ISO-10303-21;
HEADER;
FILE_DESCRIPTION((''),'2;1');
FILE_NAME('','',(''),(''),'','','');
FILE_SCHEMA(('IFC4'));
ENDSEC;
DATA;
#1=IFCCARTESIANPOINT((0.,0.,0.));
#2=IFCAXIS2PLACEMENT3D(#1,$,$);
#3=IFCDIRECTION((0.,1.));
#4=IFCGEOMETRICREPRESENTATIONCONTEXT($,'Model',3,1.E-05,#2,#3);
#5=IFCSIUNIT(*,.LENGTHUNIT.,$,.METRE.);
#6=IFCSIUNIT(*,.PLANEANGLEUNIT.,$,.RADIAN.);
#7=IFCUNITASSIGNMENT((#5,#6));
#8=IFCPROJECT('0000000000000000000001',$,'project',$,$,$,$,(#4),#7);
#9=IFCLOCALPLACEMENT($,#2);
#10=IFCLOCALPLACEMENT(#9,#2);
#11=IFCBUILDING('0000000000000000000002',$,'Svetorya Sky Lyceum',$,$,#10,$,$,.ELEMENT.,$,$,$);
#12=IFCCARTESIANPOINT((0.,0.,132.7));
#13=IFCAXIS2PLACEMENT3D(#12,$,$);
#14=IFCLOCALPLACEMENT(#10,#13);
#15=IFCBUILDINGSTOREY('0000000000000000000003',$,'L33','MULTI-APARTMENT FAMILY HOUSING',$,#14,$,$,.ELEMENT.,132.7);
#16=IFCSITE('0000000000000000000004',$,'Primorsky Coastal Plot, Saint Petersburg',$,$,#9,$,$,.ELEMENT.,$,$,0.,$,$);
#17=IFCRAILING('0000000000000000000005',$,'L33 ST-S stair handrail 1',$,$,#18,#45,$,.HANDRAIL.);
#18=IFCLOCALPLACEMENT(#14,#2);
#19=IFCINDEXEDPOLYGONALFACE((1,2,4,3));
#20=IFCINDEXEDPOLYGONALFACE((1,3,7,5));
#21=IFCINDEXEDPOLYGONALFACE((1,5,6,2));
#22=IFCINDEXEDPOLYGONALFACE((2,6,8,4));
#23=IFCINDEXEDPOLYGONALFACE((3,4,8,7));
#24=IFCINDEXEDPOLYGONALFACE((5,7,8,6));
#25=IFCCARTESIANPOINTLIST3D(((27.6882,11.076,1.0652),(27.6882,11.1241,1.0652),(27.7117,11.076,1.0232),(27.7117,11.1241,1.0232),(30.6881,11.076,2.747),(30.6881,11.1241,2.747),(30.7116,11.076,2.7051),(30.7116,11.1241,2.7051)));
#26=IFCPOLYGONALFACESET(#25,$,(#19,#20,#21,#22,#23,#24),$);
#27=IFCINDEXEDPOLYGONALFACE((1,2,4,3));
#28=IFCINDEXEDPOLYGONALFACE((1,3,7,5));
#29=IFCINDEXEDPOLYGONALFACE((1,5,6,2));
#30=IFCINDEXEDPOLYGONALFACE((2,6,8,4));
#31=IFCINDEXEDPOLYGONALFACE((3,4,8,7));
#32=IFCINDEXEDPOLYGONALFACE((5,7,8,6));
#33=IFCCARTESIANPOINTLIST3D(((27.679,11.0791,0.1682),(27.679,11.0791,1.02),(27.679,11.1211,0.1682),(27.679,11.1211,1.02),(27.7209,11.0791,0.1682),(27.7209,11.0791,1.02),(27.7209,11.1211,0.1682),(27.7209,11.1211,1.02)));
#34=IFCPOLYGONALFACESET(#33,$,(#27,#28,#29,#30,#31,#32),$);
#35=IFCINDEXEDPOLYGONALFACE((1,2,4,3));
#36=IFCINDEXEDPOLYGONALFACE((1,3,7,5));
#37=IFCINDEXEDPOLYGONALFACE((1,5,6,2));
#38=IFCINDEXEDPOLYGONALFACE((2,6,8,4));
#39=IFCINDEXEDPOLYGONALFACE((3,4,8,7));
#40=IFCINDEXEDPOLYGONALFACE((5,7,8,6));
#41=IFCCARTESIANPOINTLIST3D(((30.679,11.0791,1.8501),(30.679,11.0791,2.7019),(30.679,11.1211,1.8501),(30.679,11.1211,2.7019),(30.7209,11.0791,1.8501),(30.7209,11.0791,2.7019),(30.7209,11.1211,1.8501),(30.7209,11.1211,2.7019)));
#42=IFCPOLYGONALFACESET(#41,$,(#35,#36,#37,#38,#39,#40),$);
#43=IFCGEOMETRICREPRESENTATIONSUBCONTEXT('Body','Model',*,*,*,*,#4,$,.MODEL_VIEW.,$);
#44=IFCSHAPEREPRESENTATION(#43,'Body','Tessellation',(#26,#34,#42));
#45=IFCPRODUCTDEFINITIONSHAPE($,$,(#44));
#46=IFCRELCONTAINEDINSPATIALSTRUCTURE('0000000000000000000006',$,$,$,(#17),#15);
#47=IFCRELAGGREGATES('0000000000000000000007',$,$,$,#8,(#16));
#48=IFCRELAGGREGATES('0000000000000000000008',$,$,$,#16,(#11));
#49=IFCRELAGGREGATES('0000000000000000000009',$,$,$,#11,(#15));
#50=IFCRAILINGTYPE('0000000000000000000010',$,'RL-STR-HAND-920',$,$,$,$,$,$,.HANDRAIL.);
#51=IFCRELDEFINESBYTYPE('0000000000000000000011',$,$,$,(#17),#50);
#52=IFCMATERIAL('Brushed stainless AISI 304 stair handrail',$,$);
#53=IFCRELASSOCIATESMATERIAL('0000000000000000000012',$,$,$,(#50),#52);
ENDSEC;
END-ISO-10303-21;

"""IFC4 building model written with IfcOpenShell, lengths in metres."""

from ifc_helpers import new_model, si_unit, direction, frame, origin, origin_2d, place, context, subcontext, project, spatial, rectangle, extrude, material, type_object, element, save


model = new_model("IFC4")

# Units and contexts
model_context = context("Model", 3, precision=1e-05, world=origin(), true_north=direction((0.0, 1.0)))
body_context = subcontext(model_context, "Body", "Model", "MODEL_VIEW")
ifc_project = project(units=[si_unit("LENGTHUNIT", "METRE"), si_unit("PLANEANGLEUNIT", "RADIAN")], contexts=[model_context])

# Site, building, storey
site_placement = place(None, origin())
site = spatial("IfcSite", under=ifc_project, at=site_placement, Name="Primorsky Coastal Plot, Saint Petersburg", CompositionType="ELEMENT", RefElevation=0.0)
building_placement = place(site_placement, origin())
building = spatial("IfcBuilding", under=site, at=building_placement, Name="Svetorya Sky Lyceum", CompositionType="ELEMENT")
storey_placement = place(building_placement, frame((0.0, 0.0, 132.7)))
storey = spatial("IfcBuildingStorey", under=building, at=storey_placement, Name="L33", Description="MULTI-APARTMENT FAMILY HOUSING", CompositionType="ELEMENT", Elevation=132.7)

# Railing
ifc_material_1 = material(Name="Brushed stainless AISI 304 stair handrail")
railing_type_1 = type_object("IfcRailingType", Name="RL-STR-HAND-920", PredefinedType="HANDRAIL", material=ifc_material_1)
railing_1_placement = place(storey_placement, frame((27.7, 11.1001, 0.1682)))
element("IfcRailing", 1, at=railing_1_placement, inside=storey, type_object=railing_type_1, Name="L33 ST-S stair handrail 1", PredefinedType="HANDRAIL", context=body_context, shape_type="SweptSolid", body=[
    extrude(rectangle(XDim=0.0481, YDim=0.0481, at=origin_2d()), frame((0.0, 0.0, 0.876), z_axis=(0.872272, 0.0, 0.48902), x_axis=(0.0, 1.0, 0.0)), (0.0, 0.0, 1.0), 3.4392),
    extrude(rectangle(XDim=0.042, YDim=0.042, at=origin_2d()), origin(), (0.0, 0.0, 1.0), 0.8518),
    extrude(rectangle(XDim=0.042, YDim=0.042, at=origin_2d()), frame((3.0, 0.0, 1.6819)), (0.0, 0.0, 1.0), 0.8518),
])

save(model, "model.ifc")
